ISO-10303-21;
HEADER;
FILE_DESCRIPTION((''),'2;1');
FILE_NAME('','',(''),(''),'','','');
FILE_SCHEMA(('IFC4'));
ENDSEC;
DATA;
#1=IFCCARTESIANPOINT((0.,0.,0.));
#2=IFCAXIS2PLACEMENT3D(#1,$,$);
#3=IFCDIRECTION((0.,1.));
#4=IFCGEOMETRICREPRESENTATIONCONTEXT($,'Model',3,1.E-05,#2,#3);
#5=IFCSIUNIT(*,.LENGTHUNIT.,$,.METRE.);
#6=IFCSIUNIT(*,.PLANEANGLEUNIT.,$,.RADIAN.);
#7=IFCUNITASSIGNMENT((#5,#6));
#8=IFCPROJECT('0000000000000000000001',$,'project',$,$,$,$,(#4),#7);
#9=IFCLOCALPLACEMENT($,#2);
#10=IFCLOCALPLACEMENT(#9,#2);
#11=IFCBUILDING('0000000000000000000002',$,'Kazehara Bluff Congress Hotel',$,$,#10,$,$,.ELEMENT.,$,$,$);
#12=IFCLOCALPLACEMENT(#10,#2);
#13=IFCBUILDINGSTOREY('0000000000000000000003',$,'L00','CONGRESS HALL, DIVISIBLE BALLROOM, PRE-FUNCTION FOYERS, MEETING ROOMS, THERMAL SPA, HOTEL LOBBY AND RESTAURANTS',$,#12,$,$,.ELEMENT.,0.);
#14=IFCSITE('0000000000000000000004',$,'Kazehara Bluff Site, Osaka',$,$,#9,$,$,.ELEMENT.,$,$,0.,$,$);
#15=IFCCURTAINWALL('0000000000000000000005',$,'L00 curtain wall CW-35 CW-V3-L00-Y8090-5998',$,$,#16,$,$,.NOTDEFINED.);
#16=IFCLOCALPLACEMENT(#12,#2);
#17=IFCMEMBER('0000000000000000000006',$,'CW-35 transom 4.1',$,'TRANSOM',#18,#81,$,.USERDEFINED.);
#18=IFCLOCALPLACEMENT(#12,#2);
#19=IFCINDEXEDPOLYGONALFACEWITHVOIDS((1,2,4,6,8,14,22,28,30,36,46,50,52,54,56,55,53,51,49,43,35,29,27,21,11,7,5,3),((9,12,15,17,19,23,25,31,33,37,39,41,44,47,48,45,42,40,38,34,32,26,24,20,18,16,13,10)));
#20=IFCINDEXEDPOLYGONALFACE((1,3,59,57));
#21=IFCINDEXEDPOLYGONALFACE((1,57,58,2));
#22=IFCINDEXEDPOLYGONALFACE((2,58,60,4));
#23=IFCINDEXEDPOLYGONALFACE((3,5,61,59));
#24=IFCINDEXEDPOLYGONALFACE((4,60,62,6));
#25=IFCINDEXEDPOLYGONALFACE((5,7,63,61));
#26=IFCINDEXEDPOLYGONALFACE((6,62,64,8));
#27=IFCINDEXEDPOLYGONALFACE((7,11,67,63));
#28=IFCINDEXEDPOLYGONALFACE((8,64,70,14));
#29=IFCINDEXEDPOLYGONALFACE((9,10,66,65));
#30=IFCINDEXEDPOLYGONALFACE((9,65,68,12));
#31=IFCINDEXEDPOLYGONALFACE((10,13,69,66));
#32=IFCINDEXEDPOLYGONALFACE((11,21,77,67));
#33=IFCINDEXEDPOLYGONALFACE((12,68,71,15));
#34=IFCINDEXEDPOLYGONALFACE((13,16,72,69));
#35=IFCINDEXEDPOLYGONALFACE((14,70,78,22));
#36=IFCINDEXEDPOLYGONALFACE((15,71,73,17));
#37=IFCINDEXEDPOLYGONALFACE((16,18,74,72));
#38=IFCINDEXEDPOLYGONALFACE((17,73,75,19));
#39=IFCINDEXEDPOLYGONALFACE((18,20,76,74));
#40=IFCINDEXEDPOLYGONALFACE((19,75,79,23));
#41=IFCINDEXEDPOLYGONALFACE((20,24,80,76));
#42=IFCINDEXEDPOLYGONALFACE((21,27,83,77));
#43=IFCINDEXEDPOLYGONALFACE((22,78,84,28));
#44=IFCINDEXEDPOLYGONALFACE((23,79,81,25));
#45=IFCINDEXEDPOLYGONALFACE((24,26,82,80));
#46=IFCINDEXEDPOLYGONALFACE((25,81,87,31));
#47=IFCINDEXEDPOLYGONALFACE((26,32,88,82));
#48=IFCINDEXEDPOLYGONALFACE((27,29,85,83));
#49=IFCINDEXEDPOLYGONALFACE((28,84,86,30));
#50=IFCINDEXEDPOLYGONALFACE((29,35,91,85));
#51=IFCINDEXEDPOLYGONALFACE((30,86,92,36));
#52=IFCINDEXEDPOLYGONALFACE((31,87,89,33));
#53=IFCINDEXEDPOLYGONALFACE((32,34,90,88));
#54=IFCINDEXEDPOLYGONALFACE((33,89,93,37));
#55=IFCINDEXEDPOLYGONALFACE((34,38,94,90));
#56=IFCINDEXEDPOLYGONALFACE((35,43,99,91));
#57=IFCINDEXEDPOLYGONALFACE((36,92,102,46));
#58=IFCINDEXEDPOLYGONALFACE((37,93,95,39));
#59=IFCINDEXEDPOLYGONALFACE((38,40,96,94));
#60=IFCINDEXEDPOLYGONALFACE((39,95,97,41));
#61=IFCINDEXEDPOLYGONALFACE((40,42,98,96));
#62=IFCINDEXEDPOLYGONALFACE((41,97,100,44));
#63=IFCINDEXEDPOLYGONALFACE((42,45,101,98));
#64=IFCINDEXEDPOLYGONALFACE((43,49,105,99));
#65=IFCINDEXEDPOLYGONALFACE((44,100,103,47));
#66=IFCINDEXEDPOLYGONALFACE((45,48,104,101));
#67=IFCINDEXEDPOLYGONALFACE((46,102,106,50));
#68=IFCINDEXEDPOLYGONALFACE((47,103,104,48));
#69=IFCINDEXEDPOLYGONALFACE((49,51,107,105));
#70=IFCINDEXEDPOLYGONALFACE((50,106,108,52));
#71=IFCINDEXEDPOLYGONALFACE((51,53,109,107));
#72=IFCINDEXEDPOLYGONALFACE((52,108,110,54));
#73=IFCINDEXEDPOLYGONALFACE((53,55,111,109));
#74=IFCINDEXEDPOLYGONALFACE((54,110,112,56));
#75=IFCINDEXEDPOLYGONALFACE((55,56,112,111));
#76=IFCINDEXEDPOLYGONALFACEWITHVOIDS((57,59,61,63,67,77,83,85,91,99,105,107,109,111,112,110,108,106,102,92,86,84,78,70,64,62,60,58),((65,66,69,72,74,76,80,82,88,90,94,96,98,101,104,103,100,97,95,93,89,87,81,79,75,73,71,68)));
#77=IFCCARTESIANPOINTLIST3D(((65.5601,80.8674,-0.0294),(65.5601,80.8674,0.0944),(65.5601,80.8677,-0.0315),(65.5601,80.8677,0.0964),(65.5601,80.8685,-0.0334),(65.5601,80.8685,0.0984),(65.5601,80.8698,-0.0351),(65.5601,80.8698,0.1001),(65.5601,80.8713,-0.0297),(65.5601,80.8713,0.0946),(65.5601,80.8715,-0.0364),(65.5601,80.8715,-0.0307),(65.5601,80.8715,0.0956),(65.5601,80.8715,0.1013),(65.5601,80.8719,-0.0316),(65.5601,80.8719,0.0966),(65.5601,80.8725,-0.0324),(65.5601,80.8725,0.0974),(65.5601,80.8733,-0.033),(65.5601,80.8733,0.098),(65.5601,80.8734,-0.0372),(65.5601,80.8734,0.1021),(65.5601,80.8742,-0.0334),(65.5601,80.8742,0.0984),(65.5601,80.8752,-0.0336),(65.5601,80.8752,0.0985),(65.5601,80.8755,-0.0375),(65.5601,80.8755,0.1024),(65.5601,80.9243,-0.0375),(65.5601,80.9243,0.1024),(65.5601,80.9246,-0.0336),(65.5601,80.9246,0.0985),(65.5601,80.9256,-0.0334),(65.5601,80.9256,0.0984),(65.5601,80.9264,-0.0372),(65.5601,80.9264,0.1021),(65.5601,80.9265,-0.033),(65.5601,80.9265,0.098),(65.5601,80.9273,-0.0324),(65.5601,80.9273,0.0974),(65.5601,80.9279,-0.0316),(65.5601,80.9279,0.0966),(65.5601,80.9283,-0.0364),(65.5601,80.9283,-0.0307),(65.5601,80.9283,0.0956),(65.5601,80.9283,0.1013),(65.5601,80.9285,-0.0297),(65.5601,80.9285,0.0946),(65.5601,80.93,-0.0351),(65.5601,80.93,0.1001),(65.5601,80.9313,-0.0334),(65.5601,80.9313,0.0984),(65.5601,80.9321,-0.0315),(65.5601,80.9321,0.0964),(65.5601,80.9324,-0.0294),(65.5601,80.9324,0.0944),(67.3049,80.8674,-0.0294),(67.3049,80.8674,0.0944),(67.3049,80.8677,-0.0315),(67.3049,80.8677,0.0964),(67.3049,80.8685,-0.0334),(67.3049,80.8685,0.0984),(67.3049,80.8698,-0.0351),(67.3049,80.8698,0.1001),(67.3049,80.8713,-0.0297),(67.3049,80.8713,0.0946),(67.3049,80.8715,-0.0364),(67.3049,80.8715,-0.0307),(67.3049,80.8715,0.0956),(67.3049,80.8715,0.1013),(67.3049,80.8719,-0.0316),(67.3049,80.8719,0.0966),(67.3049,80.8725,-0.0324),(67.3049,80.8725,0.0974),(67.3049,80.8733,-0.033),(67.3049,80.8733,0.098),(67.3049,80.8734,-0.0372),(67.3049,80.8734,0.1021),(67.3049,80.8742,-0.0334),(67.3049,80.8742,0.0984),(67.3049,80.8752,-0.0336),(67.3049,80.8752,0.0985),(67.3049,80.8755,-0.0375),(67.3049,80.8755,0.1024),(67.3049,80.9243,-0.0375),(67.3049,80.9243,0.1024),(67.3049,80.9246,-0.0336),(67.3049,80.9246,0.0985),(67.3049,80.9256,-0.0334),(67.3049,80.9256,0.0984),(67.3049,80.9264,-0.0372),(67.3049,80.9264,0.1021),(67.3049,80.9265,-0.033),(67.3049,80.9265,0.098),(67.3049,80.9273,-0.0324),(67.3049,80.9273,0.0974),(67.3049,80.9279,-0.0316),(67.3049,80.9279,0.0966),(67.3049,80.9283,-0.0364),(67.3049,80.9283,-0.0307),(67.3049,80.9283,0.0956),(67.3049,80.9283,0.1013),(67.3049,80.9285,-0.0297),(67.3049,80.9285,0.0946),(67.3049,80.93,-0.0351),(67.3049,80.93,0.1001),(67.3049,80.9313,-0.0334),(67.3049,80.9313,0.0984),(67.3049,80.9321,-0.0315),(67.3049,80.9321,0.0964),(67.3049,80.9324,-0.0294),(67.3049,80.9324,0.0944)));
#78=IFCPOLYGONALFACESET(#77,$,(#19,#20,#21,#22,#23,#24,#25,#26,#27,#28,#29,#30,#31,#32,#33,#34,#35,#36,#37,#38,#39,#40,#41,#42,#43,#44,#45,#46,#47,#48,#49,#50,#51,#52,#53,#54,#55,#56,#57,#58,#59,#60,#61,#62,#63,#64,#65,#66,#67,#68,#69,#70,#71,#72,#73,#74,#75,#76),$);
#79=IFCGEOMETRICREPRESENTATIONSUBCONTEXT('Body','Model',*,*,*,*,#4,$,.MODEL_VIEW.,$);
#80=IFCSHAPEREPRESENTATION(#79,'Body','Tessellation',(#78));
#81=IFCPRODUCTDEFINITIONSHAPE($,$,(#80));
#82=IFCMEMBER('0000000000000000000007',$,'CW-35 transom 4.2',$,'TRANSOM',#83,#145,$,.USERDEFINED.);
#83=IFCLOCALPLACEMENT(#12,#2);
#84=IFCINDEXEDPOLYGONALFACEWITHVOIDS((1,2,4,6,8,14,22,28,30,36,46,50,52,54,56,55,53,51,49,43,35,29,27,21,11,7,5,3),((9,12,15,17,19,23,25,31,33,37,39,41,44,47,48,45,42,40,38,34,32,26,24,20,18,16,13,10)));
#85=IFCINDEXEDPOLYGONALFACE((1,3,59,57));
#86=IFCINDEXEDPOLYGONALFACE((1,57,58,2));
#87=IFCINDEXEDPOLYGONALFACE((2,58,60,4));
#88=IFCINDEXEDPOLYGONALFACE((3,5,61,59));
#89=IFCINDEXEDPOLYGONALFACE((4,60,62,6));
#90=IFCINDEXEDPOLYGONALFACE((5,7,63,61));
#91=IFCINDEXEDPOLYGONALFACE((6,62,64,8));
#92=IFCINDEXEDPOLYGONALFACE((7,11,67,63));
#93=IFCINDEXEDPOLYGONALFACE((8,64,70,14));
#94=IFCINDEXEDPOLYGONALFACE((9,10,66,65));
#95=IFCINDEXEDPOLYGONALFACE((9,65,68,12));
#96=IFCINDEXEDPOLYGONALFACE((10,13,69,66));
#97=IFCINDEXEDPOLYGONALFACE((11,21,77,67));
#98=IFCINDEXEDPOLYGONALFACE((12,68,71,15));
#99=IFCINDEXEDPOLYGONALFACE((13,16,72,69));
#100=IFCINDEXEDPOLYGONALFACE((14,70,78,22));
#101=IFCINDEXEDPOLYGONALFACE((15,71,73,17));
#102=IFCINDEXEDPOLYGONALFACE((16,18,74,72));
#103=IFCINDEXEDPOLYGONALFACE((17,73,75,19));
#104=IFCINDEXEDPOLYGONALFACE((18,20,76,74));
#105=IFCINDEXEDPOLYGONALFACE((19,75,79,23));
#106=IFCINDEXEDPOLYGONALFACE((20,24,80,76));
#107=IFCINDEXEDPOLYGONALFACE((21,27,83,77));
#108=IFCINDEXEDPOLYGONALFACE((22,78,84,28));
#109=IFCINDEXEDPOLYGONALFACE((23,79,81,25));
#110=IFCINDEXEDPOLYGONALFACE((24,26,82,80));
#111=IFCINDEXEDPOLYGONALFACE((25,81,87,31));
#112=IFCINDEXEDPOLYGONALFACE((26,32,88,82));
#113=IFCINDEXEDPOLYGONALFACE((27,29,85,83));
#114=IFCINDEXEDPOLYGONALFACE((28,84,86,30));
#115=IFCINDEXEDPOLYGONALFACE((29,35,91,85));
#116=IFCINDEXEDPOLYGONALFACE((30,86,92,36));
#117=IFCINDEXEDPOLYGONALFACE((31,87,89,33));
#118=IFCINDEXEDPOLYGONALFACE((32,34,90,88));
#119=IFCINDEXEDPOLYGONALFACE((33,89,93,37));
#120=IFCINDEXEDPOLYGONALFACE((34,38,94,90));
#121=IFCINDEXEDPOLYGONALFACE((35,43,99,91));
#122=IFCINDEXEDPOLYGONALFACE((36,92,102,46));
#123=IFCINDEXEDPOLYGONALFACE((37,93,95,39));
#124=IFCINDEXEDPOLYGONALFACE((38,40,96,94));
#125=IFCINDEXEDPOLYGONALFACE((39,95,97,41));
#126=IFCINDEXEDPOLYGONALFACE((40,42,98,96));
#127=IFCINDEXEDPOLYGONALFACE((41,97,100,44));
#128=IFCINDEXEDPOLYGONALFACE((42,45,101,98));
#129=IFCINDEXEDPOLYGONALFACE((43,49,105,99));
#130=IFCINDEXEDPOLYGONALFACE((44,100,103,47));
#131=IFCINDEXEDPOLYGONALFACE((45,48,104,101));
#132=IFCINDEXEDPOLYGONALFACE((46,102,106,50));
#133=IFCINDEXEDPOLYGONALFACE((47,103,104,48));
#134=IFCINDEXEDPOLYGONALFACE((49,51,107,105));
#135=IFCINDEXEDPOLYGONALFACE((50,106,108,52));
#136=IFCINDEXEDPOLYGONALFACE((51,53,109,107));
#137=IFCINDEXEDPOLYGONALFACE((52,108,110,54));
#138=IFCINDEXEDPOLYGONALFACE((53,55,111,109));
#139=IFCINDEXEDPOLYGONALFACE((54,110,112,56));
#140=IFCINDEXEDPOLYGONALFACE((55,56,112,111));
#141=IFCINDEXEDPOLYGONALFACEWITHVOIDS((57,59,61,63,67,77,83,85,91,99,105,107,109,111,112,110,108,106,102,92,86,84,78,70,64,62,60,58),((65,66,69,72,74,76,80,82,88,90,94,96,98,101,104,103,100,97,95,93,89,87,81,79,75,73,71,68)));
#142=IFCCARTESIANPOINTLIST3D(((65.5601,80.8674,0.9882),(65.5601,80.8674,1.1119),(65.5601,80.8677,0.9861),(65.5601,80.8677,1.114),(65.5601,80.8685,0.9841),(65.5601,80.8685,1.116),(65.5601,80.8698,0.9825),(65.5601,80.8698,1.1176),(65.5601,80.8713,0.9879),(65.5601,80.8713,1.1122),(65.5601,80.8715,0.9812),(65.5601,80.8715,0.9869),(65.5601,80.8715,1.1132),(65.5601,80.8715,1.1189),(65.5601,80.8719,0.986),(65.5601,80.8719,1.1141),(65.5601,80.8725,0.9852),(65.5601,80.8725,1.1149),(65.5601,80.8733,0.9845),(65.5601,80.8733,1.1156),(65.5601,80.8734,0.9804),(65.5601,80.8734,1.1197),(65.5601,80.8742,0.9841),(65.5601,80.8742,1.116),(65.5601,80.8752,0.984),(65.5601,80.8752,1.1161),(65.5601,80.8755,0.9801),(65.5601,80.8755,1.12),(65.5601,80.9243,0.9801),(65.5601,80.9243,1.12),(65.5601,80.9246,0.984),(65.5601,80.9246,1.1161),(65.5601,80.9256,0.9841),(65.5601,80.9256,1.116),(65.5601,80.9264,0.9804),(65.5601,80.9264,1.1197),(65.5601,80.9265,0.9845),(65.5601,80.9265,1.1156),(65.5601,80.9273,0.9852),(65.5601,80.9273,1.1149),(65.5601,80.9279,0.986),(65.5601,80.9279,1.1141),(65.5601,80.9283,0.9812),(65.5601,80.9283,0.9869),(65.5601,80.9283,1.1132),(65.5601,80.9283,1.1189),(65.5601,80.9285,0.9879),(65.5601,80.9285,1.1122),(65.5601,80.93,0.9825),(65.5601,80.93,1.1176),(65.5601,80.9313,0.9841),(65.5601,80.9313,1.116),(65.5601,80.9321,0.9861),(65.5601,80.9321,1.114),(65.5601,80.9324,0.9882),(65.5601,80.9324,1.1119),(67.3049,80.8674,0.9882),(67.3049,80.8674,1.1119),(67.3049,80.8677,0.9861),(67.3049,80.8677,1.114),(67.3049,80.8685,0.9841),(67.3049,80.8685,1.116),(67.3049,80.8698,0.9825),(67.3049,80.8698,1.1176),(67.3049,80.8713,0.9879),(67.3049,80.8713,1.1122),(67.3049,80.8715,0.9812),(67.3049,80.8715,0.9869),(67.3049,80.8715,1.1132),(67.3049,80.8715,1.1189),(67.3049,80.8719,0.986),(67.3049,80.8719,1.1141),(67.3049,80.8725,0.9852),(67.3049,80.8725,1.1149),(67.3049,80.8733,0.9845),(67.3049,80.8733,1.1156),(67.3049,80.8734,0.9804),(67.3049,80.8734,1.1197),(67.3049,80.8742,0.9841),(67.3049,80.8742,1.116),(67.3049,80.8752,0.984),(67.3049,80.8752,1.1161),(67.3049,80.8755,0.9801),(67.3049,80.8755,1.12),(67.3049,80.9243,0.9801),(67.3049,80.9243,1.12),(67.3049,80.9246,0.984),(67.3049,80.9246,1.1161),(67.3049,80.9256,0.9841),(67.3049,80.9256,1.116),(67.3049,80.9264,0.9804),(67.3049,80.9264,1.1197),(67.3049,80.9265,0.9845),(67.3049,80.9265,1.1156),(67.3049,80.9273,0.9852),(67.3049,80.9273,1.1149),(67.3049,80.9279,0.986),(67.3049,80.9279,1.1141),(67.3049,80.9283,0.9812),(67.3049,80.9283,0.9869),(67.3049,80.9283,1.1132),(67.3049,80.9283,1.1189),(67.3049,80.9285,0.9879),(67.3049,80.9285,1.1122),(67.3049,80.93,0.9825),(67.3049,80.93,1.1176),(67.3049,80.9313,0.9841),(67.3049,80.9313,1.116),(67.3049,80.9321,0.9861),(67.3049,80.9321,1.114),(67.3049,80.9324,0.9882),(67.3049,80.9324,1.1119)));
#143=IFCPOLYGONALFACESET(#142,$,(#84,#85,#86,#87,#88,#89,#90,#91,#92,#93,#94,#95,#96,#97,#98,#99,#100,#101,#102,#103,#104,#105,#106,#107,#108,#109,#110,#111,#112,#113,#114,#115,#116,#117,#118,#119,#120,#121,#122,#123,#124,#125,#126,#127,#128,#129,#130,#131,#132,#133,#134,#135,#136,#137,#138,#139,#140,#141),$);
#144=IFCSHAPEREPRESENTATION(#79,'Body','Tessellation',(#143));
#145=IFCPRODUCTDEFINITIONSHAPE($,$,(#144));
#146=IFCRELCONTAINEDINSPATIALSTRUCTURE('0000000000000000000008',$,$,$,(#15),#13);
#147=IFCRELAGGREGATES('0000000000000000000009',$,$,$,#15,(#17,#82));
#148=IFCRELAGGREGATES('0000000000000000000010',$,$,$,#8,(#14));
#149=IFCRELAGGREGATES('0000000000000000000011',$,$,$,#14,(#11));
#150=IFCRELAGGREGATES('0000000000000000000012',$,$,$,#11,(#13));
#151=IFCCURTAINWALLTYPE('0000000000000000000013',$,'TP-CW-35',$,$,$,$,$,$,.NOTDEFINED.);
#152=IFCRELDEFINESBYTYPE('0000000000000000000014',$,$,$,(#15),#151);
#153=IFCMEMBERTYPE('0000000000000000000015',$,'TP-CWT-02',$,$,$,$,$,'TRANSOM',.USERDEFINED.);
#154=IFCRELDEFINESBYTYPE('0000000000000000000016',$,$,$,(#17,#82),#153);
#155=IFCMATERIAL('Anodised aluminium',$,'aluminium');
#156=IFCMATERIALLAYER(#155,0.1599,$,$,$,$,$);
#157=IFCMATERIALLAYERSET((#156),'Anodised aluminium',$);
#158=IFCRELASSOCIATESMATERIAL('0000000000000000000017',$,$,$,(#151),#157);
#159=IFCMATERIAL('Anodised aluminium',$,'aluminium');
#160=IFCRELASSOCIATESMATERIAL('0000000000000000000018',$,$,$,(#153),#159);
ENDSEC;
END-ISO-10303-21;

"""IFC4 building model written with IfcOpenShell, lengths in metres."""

from ifc_helpers import new_model, si_unit, direction, frame, origin, origin_2d, place, context, subcontext, project, spatial, hollow_rectangle, extrude, material, layer, layer_set, material_profile, profile_set, type_object, element, aggregate, save


model = new_model("IFC4")

# Units and contexts
model_context = context("Model", 3, precision=1e-05, world=origin(), true_north=direction((0.0, 1.0)))
body_context = subcontext(model_context, "Body", "Model", "MODEL_VIEW")
ifc_project = project(units=[si_unit("LENGTHUNIT", "METRE"), si_unit("PLANEANGLEUNIT", "RADIAN")], contexts=[model_context])

# Site, building, storey
site_placement = place(None, origin())
site = spatial("IfcSite", under=ifc_project, at=site_placement, Name="Kazehara Bluff Site, Osaka", CompositionType="ELEMENT", RefElevation=0.0)
building_placement = place(site_placement, origin())
building = spatial("IfcBuilding", under=site, at=building_placement, Name="Kazehara Bluff Congress Hotel", CompositionType="ELEMENT")
storey_placement = place(building_placement, origin())
storey = spatial("IfcBuildingStorey", under=building, at=storey_placement, Name="L00", Description="CONGRESS HALL, DIVISIBLE BALLROOM, PRE-FUNCTION FOYERS, MEETING ROOMS, THERMAL SPA, HOTEL LOBBY AND RESTAURANTS", CompositionType="ELEMENT", Elevation=0.0)

# Curtain wall
ifc_material_1 = material(Name="Anodised aluminium", Category="aluminium")
ifc_layer_1 = layer(ifc_material_1, 0.1599)
ifc_layer_set_1 = layer_set([ifc_layer_1], Name="Anodised aluminium")
curtain_wall_type_1 = type_object("IfcCurtainWallType", Name="TP-CW-35", PredefinedType="NOTDEFINED", material=ifc_layer_set_1)
curtain_wall_1_placement = place(storey_placement, origin())
curtain_wall_1 = element("IfcCurtainWall", 1, at=curtain_wall_1_placement, inside=storey, type_object=curtain_wall_type_1, Name="L00 curtain wall CW-35 CW-V3-L00-Y8090-5998", PredefinedType="NOTDEFINED")

# Shared definitions
ifc_material_2 = material(Name="Anodised aluminium", Category="aluminium")
ifc_material_profile_1 = material_profile(ifc_material_2, hollow_rectangle(XDim=0.0649, YDim=0.1399, WallThickness=0.0039, InnerFilletRadius=0.0039, OuterFilletRadius=0.0081, at=origin_2d()))
ifc_profile_set_1 = profile_set([ifc_material_profile_1], Name="Anodised aluminium")
member_type_1 = type_object("IfcMemberType", Name="TP-CWT-02", ElementType="TRANSOM", PredefinedType="USERDEFINED", material=ifc_profile_set_1)

# Members
member_1_placement = place(storey_placement, frame((65.5601, 80.8999, 0.0325), z_axis=(1.0, 0.0, 0.0), x_axis=(0.0, 1.0, 0.0)))
member_1 = element("IfcMember", 2, at=member_1_placement, type_object=member_type_1, Name="CW-35 transom 4.1", ObjectType="TRANSOM", PredefinedType="USERDEFINED", context=body_context, shape_type="SweptSolid", body=[
    extrude(hollow_rectangle(XDim=0.0649, YDim=0.1399, WallThickness=0.0039, InnerFilletRadius=0.0039, OuterFilletRadius=0.0081, at=origin_2d()), origin(), (0.0, 0.0, 1.0), 1.7449),
])
member_2_placement = place(storey_placement, frame((65.5601, 80.8999, 1.05), z_axis=(1.0, 0.0, 0.0), x_axis=(0.0, 1.0, 0.0)))
member_2 = element("IfcMember", 3, at=member_2_placement, type_object=member_type_1, Name="CW-35 transom 4.2", ObjectType="TRANSOM", PredefinedType="USERDEFINED", context=body_context, shape_type="SweptSolid", body=[
    extrude(hollow_rectangle(XDim=0.0649, YDim=0.1399, WallThickness=0.0039, InnerFilletRadius=0.0039, OuterFilletRadius=0.0081, at=origin_2d()), origin(), (0.0, 0.0, 1.0), 1.7449),
])

aggregate(curtain_wall_1, [member_1, member_2])

save(model, "model.ifc")
